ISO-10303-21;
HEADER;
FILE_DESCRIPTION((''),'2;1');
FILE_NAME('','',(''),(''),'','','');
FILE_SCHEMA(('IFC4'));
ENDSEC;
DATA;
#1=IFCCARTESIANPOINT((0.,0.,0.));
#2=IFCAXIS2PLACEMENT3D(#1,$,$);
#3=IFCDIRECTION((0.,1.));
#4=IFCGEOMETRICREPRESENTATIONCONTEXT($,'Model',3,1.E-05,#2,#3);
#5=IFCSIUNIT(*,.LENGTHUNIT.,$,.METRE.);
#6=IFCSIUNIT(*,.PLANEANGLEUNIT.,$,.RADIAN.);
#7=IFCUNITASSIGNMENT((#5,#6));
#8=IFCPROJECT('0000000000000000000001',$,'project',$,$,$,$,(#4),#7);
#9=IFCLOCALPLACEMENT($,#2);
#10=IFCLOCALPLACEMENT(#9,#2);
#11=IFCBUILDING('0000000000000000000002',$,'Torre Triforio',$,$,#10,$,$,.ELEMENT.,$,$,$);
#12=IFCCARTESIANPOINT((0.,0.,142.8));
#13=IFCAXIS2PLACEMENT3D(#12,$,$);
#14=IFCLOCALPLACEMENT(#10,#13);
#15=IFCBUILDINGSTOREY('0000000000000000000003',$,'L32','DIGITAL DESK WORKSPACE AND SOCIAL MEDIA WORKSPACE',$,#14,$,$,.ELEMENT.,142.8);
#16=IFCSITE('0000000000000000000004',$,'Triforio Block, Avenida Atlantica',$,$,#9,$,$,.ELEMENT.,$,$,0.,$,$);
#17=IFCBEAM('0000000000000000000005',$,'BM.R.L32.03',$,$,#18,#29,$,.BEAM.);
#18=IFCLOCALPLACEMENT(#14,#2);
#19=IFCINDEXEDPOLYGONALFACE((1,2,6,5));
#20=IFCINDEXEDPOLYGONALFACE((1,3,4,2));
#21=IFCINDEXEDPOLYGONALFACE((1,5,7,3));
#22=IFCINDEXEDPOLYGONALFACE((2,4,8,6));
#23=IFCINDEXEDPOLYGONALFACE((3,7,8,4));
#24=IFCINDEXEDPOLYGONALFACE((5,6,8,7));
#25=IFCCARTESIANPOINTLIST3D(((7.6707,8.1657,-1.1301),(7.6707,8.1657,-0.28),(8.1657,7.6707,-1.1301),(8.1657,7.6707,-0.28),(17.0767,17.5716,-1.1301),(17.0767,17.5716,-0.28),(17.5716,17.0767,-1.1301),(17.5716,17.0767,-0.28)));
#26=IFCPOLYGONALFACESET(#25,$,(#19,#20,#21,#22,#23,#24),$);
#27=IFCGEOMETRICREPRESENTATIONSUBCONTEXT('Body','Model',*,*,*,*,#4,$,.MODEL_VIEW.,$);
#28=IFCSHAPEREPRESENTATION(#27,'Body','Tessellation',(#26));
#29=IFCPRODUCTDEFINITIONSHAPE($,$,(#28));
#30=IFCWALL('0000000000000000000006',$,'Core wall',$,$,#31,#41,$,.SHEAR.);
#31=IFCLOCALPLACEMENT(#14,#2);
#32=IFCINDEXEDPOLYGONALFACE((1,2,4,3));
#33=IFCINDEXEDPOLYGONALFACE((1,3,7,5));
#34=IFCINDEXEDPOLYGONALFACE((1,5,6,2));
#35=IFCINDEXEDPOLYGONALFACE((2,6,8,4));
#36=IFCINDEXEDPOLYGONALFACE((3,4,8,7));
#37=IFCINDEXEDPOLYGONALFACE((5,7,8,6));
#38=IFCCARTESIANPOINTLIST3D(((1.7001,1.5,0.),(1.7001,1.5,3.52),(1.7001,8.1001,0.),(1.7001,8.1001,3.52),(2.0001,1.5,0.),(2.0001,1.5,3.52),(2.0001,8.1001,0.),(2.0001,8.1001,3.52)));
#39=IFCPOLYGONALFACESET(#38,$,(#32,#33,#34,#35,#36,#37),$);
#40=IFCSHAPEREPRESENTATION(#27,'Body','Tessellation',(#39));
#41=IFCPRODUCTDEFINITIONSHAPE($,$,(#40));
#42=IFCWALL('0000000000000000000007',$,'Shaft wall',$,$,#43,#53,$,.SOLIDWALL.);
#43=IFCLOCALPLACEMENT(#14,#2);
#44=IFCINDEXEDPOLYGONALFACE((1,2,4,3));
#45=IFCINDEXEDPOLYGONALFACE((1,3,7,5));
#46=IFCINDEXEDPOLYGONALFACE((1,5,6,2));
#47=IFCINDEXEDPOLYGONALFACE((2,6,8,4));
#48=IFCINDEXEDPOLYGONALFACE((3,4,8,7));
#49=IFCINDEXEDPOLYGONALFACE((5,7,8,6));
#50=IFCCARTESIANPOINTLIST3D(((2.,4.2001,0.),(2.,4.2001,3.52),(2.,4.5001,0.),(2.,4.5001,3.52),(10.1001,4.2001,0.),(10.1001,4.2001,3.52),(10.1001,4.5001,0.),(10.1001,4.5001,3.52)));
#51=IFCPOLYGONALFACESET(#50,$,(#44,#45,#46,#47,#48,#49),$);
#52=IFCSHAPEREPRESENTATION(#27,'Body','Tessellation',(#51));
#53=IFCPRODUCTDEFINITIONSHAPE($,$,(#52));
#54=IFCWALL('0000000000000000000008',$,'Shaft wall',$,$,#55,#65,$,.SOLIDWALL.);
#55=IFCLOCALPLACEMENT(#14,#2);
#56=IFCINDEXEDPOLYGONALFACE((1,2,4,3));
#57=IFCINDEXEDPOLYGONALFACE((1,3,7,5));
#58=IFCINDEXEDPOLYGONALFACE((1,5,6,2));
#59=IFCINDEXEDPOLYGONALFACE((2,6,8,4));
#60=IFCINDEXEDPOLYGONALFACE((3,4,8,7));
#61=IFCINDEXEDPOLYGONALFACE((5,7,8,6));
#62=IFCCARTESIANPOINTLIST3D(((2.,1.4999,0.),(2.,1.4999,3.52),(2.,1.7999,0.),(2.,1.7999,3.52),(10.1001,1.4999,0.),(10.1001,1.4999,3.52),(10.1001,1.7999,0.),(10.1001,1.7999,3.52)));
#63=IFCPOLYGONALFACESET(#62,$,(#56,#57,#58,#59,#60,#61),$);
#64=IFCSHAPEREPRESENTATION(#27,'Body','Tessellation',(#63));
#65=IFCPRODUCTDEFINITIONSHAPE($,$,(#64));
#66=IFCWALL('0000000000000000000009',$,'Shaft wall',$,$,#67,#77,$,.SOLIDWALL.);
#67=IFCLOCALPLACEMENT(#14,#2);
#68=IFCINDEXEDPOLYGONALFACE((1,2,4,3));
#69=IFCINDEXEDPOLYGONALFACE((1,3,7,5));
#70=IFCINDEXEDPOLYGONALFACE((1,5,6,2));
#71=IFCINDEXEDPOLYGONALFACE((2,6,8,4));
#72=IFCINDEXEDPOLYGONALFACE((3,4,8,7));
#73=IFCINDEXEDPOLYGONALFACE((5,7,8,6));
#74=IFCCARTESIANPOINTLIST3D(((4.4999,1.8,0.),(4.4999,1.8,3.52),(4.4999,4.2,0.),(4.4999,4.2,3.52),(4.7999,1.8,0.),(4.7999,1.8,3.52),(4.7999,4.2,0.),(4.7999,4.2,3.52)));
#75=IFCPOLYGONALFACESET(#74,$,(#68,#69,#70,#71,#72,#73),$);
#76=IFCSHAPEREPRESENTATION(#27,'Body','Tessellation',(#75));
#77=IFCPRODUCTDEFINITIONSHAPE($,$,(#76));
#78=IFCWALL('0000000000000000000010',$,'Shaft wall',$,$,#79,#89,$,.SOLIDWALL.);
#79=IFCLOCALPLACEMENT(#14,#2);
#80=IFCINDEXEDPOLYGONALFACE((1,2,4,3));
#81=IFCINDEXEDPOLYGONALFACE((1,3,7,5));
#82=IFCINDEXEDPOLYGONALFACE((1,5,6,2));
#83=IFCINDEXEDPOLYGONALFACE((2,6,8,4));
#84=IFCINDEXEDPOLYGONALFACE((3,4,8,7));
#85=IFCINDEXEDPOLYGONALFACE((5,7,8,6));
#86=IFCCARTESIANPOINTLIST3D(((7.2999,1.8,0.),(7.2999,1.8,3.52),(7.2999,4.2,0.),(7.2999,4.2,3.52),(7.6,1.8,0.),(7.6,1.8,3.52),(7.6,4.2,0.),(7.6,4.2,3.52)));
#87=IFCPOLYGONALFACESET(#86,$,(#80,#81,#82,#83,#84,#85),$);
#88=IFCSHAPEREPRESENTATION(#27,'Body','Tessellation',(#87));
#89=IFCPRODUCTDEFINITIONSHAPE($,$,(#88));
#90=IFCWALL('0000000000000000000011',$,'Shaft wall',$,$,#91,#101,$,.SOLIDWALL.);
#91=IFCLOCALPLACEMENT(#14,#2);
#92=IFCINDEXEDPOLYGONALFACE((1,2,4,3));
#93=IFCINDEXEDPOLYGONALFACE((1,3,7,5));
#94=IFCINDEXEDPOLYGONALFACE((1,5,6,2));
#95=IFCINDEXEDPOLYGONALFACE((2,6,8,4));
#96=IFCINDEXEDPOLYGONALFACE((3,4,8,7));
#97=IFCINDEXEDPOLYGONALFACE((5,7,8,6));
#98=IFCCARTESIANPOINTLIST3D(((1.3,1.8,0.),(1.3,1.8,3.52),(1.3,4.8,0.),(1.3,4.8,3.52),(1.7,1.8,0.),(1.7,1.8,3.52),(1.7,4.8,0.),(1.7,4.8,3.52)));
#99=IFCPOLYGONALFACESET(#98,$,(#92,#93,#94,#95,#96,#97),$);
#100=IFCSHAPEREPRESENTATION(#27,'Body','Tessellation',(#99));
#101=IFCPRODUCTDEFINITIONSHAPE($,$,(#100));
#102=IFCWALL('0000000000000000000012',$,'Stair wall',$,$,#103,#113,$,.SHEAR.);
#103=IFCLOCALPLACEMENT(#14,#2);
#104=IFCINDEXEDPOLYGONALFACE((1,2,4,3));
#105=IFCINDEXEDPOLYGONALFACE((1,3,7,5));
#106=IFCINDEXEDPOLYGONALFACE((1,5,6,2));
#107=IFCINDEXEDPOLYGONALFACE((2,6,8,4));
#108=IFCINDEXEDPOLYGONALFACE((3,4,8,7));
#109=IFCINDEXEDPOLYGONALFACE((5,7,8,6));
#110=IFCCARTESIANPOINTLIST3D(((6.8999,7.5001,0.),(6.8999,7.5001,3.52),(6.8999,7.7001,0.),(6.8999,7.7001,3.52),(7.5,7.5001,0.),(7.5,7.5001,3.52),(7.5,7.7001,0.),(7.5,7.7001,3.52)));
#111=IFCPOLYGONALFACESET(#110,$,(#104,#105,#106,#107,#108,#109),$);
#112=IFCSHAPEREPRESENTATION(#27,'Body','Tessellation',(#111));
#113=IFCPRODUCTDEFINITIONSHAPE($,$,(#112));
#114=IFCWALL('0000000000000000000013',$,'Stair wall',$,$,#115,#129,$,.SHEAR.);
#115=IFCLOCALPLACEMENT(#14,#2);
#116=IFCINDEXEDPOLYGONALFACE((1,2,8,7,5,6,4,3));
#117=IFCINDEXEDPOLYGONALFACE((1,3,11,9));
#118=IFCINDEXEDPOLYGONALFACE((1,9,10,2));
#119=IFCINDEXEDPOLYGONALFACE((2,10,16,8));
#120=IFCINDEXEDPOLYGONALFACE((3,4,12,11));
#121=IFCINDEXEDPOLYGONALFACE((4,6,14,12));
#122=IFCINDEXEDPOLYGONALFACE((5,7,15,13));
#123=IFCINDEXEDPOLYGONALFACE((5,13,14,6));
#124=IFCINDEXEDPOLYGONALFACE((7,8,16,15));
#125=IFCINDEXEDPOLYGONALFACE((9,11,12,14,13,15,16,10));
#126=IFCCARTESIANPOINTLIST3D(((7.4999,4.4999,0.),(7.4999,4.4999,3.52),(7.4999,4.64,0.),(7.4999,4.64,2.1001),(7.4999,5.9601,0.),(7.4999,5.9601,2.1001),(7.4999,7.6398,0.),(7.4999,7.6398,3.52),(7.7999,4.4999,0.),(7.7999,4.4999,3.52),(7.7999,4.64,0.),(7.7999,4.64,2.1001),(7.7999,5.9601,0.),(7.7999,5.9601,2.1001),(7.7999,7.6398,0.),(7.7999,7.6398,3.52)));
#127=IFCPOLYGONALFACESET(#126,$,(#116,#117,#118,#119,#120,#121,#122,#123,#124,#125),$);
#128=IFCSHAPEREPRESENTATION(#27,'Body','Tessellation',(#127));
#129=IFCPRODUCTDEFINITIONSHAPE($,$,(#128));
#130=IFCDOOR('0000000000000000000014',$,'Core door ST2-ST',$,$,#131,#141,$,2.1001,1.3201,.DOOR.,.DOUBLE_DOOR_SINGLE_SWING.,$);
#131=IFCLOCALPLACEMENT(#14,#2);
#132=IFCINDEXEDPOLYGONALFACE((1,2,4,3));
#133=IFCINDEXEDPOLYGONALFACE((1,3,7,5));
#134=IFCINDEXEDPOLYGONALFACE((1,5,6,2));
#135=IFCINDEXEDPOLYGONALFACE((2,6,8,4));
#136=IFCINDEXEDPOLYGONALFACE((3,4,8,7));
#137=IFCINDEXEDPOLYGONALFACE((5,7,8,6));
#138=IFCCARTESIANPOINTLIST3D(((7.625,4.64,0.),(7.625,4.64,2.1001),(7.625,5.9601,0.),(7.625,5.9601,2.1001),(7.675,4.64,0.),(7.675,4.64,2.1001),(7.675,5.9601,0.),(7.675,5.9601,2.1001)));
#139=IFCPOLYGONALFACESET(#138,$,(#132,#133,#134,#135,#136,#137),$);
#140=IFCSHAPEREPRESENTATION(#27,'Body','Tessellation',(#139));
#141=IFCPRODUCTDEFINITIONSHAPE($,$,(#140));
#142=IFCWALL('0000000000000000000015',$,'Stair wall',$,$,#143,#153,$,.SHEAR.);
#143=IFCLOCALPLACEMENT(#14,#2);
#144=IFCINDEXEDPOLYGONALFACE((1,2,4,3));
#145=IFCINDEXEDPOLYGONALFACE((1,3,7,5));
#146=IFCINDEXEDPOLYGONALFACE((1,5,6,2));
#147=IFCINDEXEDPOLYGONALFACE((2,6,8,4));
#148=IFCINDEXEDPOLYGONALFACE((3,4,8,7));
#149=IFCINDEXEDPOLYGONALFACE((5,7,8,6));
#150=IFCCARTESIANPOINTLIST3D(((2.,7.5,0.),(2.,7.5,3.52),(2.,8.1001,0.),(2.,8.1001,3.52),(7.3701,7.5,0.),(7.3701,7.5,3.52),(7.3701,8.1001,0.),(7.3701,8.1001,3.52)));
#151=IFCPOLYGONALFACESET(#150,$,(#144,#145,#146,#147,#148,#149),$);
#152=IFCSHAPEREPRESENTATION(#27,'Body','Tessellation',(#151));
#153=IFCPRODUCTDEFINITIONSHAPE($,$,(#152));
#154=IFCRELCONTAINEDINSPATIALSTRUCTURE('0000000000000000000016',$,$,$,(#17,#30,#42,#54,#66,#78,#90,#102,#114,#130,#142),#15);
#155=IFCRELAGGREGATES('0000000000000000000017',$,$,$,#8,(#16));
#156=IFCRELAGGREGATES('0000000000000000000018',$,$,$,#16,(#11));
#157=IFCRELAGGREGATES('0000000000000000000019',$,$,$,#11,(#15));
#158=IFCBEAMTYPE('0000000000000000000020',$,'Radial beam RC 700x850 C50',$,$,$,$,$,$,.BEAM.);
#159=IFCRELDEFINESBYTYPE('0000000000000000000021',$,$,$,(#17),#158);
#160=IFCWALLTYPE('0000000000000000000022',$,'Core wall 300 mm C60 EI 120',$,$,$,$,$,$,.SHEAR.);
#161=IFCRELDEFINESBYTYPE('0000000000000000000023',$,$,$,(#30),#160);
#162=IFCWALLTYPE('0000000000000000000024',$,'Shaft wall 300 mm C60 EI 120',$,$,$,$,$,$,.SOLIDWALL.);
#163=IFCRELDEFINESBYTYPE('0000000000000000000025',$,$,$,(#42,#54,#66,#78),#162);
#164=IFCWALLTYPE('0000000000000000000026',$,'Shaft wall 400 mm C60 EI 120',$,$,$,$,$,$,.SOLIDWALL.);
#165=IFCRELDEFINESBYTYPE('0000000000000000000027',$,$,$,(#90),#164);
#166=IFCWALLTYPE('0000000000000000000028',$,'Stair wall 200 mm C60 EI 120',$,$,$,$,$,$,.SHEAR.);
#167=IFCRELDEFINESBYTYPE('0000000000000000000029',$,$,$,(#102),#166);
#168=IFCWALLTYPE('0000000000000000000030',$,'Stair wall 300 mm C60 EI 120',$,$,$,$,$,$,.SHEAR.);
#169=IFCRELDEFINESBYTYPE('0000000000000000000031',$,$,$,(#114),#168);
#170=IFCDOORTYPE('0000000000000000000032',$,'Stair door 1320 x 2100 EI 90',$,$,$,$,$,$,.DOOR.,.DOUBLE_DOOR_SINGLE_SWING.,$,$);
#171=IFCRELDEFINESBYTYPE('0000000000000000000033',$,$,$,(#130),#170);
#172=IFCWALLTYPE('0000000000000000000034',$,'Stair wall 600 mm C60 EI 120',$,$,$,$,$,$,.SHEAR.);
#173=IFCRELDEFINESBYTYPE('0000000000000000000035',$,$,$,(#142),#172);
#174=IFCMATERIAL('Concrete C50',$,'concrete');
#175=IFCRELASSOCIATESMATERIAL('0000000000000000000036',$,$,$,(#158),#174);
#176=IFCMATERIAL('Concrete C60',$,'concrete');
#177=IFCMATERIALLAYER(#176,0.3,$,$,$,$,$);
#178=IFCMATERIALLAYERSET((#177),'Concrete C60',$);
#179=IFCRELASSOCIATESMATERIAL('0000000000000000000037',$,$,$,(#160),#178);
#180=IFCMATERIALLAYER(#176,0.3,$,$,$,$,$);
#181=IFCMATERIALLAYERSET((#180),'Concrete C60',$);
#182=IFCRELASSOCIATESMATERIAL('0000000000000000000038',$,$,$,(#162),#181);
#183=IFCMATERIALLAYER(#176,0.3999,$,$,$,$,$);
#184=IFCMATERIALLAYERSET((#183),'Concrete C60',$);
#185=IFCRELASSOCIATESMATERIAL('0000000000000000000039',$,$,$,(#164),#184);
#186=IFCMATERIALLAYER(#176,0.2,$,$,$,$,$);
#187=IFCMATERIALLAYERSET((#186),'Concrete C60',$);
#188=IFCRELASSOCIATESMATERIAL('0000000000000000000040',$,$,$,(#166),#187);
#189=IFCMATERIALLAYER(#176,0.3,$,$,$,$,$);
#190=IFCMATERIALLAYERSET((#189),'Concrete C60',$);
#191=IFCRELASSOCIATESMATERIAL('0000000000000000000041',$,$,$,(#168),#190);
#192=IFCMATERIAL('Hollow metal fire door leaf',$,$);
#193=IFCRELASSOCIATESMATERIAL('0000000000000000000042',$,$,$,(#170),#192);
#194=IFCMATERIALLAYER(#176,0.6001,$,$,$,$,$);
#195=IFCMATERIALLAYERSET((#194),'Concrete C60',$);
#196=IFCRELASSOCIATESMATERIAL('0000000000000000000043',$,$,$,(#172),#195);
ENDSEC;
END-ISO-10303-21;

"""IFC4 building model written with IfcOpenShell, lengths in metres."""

from ifc_helpers import new_model, si_unit, direction, frame, frame_2d, origin, origin_2d, place, context, subcontext, project, spatial, rectangle, extrude, material, layer, layer_set, material_profile, profile_set, type_object, element, fill, save


model = new_model("IFC4")

# Units and contexts
model_context = context("Model", 3, precision=1e-05, world=origin(), true_north=direction((0.0, 1.0)))
body_context = subcontext(model_context, "Body", "Model", "MODEL_VIEW")
ifc_project = project(units=[si_unit("LENGTHUNIT", "METRE"), si_unit("PLANEANGLEUNIT", "RADIAN")], contexts=[model_context])

# Site, building, storey
site_placement = place(None, origin())
site = spatial("IfcSite", under=ifc_project, at=site_placement, Name="Triforio Block, Avenida Atlantica", CompositionType="ELEMENT", RefElevation=0.0)
building_placement = place(site_placement, origin())
building = spatial("IfcBuilding", under=site, at=building_placement, Name="Torre Triforio", CompositionType="ELEMENT")
storey_placement = place(building_placement, frame((0.0, 0.0, 142.8)))
storey = spatial("IfcBuildingStorey", under=building, at=storey_placement, Name="L32", Description="DIGITAL DESK WORKSPACE AND SOCIAL MEDIA WORKSPACE", CompositionType="ELEMENT", Elevation=142.8)

# Beam
ifc_material_1 = material(Name="Concrete C50", Category="concrete")
ifc_material_profile = material_profile(ifc_material_1, rectangle(XDim=0.7, YDim=0.8501, at=origin_2d()), Name="RC 700x850")
ifc_profile_set = profile_set([ifc_material_profile], Name="Concrete C50")
beam_type = type_object("IfcBeamType", Name="Radial beam RC 700x850 C50", PredefinedType="BEAM", material=ifc_profile_set)
beam_placement = place(storey_placement, frame((7.9182, 7.9182, -0.7051), z_axis=(0.707107, 0.707107, 0.0), x_axis=(-0.707107, 0.707107, 0.0)))
element("IfcBeam", 1, at=beam_placement, inside=storey, type_object=beam_type, Name="BM.R.L32.03", PredefinedType="BEAM", context=body_context, shape_type="SweptSolid", body=[
    extrude(rectangle(XDim=0.7, YDim=0.8501, at=origin_2d()), origin(), (0.0, 0.0, 1.0), 13.302),
])

# Walls
ifc_material_2 = material(Name="Concrete C60", Category="concrete")
ifc_layer_1 = layer(ifc_material_2, 0.3)
ifc_layer_set_1 = layer_set([ifc_layer_1], Name="Concrete C60")
wall_type_1 = type_object("IfcWallType", Name="Core wall 300 mm C60 EI 120", PredefinedType="SHEAR", material=ifc_layer_set_1)
wall_1_placement = place(storey_placement, frame((1.8501, 1.5, 0.0), z_axis=(0.0, 0.0, 1.0), x_axis=(0.0, 1.0, 0.0)))
element("IfcWall", 2, at=wall_1_placement, inside=storey, type_object=wall_type_1, Name="Core wall", PredefinedType="SHEAR", context=body_context, shape_type="SweptSolid", body=[
    extrude(rectangle(XDim=6.6001, YDim=0.3, at=frame_2d((3.3, 0.0))), origin(), (0.0, 0.0, 1.0), 3.52),
])
ifc_layer_2 = layer(ifc_material_2, 0.3)
ifc_layer_set_2 = layer_set([ifc_layer_2], Name="Concrete C60")
wall_type_2 = type_object("IfcWallType", Name="Shaft wall 300 mm C60 EI 120", PredefinedType="SOLIDWALL", material=ifc_layer_set_2)
for number, where, z_axis, x_axis, name in (
    (3, (2.0, 4.3501, 0.0), (0.0, 0.0, 1.0), (1.0, 0.0, 0.0), "Shaft wall"),
    (4, (2.0, 1.6499, 0.0), (0.0, 0.0, 1.0), (1.0, 0.0, 0.0), "Shaft wall"),
):
    element("IfcWall", number, at=place(storey_placement, frame(where, z_axis=z_axis, x_axis=x_axis)), inside=storey, type_object=wall_type_2, Name=name, PredefinedType="SOLIDWALL", context=body_context, shape_type="SweptSolid", body=[
        extrude(rectangle(XDim=8.1001, YDim=0.3, at=frame_2d((4.05, 0.0))), origin(), (0.0, 0.0, 1.0), 3.52),
    ])
for number, where, z_axis, x_axis, name in (
    (5, (4.6499, 1.8, 0.0), (0.0, 0.0, 1.0), (0.0, 1.0, 0.0), "Shaft wall"),
    (6, (7.45, 1.8, 0.0), (0.0, 0.0, 1.0), (0.0, 1.0, 0.0), "Shaft wall"),
):
    element("IfcWall", number, at=place(storey_placement, frame(where, z_axis=z_axis, x_axis=x_axis)), inside=storey, type_object=wall_type_2, Name=name, PredefinedType="SOLIDWALL", context=body_context, shape_type="SweptSolid", body=[
        extrude(rectangle(XDim=2.3999, YDim=0.3, at=frame_2d((1.2, 0.0))), origin(), (0.0, 0.0, 1.0), 3.52),
    ])
ifc_layer_3 = layer(ifc_material_2, 0.3999)
ifc_layer_set_3 = layer_set([ifc_layer_3], Name="Concrete C60")
wall_type_3 = type_object("IfcWallType", Name="Shaft wall 400 mm C60 EI 120", PredefinedType="SOLIDWALL", material=ifc_layer_set_3)
wall_2_placement = place(storey_placement, frame((1.5, 1.8, 0.0), z_axis=(0.0, 0.0, 1.0), x_axis=(0.0, 1.0, 0.0)))
element("IfcWall", 7, at=wall_2_placement, inside=storey, type_object=wall_type_3, Name="Shaft wall", PredefinedType="SOLIDWALL", context=body_context, shape_type="SweptSolid", body=[
    extrude(rectangle(XDim=3.0, YDim=0.3999, at=frame_2d((1.5, 0.0))), origin(), (0.0, 0.0, 1.0), 3.52),
])
ifc_layer_4 = layer(ifc_material_2, 0.2)
ifc_layer_set_4 = layer_set([ifc_layer_4], Name="Concrete C60")
wall_type_4 = type_object("IfcWallType", Name="Stair wall 200 mm C60 EI 120", PredefinedType="SHEAR", material=ifc_layer_set_4)
wall_3_placement = place(storey_placement, frame((6.8999, 7.6001, 0.0), z_axis=(0.0, 0.0, 1.0), x_axis=(1.0, 0.0, 0.0)))
element("IfcWall", 8, at=wall_3_placement, inside=storey, type_object=wall_type_4, Name="Stair wall", PredefinedType="SHEAR", context=body_context, shape_type="SweptSolid", body=[
    extrude(rectangle(XDim=0.6001, YDim=0.2, at=frame_2d((0.3, 0.0))), origin(), (0.0, 0.0, 1.0), 3.52),
])

# Wall, opening, door
ifc_layer_5 = layer(ifc_material_2, 0.3)
ifc_layer_set_5 = layer_set([ifc_layer_5], Name="Concrete C60")
wall_type_5 = type_object("IfcWallType", Name="Stair wall 300 mm C60 EI 120", PredefinedType="SHEAR", material=ifc_layer_set_5)
wall_4_placement = place(storey_placement, frame((7.6499, 4.5, 0.0), z_axis=(0.0, 0.0, 1.0), x_axis=(0.0, 1.0, 0.0)))
wall_4 = element("IfcWall", 9, at=wall_4_placement, inside=storey, type_object=wall_type_5, Name="Stair wall", PredefinedType="SHEAR", context=body_context, shape_type="SweptSolid", body=[
    extrude(rectangle(XDim=3.1399, YDim=0.3, at=frame_2d((1.5698, 0.0))), origin(), (0.0, 0.0, 1.0), 3.52),
])
opening_placement = place(wall_4_placement, frame((0.1399, 0.0, 0.0)))
opening = element("IfcOpeningElement", 10, at=opening_placement, cuts=wall_4, PredefinedType="OPENING", context=body_context, shape_type="SweptSolid", body=[
    extrude(rectangle(XDim=1.3201, YDim=2.1001, at=frame_2d((0.6602, 1.05))), frame((0.0, 0.1599, 0.0), z_axis=(0.0, -1.0, 0.0), x_axis=(1.0, 0.0, 0.0)), (0.0, 0.0, 1.0), 0.3201),
])
ifc_material_3 = material(Name="Hollow metal fire door leaf")
door_type = type_object("IfcDoorType", Name="Stair door 1320 x 2100 EI 90", OperationType="DOUBLE_DOOR_SINGLE_SWING", PredefinedType="DOOR", material=ifc_material_3)
door_placement = place(opening_placement, origin())
door = element("IfcDoor", 11, at=door_placement, inside=storey, type_object=door_type, Name="Core door ST2-ST", OperationType="DOUBLE_DOOR_SINGLE_SWING", OverallHeight=2.1001, OverallWidth=1.3201, PredefinedType="DOOR", context=body_context, shape_type="SweptSolid", body=[
    extrude(rectangle(XDim=1.3201, YDim=2.1001, at=frame_2d((0.6602, 1.05))), frame((0.0, 0.0249, 0.0), z_axis=(0.0, -1.0, 0.0), x_axis=(1.0, 0.0, 0.0)), (0.0, 0.0, 1.0), 0.05),
])
fill(opening, door)

# Wall
ifc_layer_6 = layer(ifc_material_2, 0.6001)
ifc_layer_set_6 = layer_set([ifc_layer_6], Name="Concrete C60")
wall_type_6 = type_object("IfcWallType", Name="Stair wall 600 mm C60 EI 120", PredefinedType="SHEAR", material=ifc_layer_set_6)
wall_5_placement = place(storey_placement, frame((2.0, 7.8, 0.0), z_axis=(0.0, 0.0, 1.0), x_axis=(1.0, 0.0, 0.0)))
element("IfcWall", 12, at=wall_5_placement, inside=storey, type_object=wall_type_6, Name="Stair wall", PredefinedType="SHEAR", context=body_context, shape_type="SweptSolid", body=[
    extrude(rectangle(XDim=5.3701, YDim=0.6001, at=frame_2d((2.6851, 0.0))), origin(), (0.0, 0.0, 1.0), 3.52),
])

save(model, "model.ifc")
